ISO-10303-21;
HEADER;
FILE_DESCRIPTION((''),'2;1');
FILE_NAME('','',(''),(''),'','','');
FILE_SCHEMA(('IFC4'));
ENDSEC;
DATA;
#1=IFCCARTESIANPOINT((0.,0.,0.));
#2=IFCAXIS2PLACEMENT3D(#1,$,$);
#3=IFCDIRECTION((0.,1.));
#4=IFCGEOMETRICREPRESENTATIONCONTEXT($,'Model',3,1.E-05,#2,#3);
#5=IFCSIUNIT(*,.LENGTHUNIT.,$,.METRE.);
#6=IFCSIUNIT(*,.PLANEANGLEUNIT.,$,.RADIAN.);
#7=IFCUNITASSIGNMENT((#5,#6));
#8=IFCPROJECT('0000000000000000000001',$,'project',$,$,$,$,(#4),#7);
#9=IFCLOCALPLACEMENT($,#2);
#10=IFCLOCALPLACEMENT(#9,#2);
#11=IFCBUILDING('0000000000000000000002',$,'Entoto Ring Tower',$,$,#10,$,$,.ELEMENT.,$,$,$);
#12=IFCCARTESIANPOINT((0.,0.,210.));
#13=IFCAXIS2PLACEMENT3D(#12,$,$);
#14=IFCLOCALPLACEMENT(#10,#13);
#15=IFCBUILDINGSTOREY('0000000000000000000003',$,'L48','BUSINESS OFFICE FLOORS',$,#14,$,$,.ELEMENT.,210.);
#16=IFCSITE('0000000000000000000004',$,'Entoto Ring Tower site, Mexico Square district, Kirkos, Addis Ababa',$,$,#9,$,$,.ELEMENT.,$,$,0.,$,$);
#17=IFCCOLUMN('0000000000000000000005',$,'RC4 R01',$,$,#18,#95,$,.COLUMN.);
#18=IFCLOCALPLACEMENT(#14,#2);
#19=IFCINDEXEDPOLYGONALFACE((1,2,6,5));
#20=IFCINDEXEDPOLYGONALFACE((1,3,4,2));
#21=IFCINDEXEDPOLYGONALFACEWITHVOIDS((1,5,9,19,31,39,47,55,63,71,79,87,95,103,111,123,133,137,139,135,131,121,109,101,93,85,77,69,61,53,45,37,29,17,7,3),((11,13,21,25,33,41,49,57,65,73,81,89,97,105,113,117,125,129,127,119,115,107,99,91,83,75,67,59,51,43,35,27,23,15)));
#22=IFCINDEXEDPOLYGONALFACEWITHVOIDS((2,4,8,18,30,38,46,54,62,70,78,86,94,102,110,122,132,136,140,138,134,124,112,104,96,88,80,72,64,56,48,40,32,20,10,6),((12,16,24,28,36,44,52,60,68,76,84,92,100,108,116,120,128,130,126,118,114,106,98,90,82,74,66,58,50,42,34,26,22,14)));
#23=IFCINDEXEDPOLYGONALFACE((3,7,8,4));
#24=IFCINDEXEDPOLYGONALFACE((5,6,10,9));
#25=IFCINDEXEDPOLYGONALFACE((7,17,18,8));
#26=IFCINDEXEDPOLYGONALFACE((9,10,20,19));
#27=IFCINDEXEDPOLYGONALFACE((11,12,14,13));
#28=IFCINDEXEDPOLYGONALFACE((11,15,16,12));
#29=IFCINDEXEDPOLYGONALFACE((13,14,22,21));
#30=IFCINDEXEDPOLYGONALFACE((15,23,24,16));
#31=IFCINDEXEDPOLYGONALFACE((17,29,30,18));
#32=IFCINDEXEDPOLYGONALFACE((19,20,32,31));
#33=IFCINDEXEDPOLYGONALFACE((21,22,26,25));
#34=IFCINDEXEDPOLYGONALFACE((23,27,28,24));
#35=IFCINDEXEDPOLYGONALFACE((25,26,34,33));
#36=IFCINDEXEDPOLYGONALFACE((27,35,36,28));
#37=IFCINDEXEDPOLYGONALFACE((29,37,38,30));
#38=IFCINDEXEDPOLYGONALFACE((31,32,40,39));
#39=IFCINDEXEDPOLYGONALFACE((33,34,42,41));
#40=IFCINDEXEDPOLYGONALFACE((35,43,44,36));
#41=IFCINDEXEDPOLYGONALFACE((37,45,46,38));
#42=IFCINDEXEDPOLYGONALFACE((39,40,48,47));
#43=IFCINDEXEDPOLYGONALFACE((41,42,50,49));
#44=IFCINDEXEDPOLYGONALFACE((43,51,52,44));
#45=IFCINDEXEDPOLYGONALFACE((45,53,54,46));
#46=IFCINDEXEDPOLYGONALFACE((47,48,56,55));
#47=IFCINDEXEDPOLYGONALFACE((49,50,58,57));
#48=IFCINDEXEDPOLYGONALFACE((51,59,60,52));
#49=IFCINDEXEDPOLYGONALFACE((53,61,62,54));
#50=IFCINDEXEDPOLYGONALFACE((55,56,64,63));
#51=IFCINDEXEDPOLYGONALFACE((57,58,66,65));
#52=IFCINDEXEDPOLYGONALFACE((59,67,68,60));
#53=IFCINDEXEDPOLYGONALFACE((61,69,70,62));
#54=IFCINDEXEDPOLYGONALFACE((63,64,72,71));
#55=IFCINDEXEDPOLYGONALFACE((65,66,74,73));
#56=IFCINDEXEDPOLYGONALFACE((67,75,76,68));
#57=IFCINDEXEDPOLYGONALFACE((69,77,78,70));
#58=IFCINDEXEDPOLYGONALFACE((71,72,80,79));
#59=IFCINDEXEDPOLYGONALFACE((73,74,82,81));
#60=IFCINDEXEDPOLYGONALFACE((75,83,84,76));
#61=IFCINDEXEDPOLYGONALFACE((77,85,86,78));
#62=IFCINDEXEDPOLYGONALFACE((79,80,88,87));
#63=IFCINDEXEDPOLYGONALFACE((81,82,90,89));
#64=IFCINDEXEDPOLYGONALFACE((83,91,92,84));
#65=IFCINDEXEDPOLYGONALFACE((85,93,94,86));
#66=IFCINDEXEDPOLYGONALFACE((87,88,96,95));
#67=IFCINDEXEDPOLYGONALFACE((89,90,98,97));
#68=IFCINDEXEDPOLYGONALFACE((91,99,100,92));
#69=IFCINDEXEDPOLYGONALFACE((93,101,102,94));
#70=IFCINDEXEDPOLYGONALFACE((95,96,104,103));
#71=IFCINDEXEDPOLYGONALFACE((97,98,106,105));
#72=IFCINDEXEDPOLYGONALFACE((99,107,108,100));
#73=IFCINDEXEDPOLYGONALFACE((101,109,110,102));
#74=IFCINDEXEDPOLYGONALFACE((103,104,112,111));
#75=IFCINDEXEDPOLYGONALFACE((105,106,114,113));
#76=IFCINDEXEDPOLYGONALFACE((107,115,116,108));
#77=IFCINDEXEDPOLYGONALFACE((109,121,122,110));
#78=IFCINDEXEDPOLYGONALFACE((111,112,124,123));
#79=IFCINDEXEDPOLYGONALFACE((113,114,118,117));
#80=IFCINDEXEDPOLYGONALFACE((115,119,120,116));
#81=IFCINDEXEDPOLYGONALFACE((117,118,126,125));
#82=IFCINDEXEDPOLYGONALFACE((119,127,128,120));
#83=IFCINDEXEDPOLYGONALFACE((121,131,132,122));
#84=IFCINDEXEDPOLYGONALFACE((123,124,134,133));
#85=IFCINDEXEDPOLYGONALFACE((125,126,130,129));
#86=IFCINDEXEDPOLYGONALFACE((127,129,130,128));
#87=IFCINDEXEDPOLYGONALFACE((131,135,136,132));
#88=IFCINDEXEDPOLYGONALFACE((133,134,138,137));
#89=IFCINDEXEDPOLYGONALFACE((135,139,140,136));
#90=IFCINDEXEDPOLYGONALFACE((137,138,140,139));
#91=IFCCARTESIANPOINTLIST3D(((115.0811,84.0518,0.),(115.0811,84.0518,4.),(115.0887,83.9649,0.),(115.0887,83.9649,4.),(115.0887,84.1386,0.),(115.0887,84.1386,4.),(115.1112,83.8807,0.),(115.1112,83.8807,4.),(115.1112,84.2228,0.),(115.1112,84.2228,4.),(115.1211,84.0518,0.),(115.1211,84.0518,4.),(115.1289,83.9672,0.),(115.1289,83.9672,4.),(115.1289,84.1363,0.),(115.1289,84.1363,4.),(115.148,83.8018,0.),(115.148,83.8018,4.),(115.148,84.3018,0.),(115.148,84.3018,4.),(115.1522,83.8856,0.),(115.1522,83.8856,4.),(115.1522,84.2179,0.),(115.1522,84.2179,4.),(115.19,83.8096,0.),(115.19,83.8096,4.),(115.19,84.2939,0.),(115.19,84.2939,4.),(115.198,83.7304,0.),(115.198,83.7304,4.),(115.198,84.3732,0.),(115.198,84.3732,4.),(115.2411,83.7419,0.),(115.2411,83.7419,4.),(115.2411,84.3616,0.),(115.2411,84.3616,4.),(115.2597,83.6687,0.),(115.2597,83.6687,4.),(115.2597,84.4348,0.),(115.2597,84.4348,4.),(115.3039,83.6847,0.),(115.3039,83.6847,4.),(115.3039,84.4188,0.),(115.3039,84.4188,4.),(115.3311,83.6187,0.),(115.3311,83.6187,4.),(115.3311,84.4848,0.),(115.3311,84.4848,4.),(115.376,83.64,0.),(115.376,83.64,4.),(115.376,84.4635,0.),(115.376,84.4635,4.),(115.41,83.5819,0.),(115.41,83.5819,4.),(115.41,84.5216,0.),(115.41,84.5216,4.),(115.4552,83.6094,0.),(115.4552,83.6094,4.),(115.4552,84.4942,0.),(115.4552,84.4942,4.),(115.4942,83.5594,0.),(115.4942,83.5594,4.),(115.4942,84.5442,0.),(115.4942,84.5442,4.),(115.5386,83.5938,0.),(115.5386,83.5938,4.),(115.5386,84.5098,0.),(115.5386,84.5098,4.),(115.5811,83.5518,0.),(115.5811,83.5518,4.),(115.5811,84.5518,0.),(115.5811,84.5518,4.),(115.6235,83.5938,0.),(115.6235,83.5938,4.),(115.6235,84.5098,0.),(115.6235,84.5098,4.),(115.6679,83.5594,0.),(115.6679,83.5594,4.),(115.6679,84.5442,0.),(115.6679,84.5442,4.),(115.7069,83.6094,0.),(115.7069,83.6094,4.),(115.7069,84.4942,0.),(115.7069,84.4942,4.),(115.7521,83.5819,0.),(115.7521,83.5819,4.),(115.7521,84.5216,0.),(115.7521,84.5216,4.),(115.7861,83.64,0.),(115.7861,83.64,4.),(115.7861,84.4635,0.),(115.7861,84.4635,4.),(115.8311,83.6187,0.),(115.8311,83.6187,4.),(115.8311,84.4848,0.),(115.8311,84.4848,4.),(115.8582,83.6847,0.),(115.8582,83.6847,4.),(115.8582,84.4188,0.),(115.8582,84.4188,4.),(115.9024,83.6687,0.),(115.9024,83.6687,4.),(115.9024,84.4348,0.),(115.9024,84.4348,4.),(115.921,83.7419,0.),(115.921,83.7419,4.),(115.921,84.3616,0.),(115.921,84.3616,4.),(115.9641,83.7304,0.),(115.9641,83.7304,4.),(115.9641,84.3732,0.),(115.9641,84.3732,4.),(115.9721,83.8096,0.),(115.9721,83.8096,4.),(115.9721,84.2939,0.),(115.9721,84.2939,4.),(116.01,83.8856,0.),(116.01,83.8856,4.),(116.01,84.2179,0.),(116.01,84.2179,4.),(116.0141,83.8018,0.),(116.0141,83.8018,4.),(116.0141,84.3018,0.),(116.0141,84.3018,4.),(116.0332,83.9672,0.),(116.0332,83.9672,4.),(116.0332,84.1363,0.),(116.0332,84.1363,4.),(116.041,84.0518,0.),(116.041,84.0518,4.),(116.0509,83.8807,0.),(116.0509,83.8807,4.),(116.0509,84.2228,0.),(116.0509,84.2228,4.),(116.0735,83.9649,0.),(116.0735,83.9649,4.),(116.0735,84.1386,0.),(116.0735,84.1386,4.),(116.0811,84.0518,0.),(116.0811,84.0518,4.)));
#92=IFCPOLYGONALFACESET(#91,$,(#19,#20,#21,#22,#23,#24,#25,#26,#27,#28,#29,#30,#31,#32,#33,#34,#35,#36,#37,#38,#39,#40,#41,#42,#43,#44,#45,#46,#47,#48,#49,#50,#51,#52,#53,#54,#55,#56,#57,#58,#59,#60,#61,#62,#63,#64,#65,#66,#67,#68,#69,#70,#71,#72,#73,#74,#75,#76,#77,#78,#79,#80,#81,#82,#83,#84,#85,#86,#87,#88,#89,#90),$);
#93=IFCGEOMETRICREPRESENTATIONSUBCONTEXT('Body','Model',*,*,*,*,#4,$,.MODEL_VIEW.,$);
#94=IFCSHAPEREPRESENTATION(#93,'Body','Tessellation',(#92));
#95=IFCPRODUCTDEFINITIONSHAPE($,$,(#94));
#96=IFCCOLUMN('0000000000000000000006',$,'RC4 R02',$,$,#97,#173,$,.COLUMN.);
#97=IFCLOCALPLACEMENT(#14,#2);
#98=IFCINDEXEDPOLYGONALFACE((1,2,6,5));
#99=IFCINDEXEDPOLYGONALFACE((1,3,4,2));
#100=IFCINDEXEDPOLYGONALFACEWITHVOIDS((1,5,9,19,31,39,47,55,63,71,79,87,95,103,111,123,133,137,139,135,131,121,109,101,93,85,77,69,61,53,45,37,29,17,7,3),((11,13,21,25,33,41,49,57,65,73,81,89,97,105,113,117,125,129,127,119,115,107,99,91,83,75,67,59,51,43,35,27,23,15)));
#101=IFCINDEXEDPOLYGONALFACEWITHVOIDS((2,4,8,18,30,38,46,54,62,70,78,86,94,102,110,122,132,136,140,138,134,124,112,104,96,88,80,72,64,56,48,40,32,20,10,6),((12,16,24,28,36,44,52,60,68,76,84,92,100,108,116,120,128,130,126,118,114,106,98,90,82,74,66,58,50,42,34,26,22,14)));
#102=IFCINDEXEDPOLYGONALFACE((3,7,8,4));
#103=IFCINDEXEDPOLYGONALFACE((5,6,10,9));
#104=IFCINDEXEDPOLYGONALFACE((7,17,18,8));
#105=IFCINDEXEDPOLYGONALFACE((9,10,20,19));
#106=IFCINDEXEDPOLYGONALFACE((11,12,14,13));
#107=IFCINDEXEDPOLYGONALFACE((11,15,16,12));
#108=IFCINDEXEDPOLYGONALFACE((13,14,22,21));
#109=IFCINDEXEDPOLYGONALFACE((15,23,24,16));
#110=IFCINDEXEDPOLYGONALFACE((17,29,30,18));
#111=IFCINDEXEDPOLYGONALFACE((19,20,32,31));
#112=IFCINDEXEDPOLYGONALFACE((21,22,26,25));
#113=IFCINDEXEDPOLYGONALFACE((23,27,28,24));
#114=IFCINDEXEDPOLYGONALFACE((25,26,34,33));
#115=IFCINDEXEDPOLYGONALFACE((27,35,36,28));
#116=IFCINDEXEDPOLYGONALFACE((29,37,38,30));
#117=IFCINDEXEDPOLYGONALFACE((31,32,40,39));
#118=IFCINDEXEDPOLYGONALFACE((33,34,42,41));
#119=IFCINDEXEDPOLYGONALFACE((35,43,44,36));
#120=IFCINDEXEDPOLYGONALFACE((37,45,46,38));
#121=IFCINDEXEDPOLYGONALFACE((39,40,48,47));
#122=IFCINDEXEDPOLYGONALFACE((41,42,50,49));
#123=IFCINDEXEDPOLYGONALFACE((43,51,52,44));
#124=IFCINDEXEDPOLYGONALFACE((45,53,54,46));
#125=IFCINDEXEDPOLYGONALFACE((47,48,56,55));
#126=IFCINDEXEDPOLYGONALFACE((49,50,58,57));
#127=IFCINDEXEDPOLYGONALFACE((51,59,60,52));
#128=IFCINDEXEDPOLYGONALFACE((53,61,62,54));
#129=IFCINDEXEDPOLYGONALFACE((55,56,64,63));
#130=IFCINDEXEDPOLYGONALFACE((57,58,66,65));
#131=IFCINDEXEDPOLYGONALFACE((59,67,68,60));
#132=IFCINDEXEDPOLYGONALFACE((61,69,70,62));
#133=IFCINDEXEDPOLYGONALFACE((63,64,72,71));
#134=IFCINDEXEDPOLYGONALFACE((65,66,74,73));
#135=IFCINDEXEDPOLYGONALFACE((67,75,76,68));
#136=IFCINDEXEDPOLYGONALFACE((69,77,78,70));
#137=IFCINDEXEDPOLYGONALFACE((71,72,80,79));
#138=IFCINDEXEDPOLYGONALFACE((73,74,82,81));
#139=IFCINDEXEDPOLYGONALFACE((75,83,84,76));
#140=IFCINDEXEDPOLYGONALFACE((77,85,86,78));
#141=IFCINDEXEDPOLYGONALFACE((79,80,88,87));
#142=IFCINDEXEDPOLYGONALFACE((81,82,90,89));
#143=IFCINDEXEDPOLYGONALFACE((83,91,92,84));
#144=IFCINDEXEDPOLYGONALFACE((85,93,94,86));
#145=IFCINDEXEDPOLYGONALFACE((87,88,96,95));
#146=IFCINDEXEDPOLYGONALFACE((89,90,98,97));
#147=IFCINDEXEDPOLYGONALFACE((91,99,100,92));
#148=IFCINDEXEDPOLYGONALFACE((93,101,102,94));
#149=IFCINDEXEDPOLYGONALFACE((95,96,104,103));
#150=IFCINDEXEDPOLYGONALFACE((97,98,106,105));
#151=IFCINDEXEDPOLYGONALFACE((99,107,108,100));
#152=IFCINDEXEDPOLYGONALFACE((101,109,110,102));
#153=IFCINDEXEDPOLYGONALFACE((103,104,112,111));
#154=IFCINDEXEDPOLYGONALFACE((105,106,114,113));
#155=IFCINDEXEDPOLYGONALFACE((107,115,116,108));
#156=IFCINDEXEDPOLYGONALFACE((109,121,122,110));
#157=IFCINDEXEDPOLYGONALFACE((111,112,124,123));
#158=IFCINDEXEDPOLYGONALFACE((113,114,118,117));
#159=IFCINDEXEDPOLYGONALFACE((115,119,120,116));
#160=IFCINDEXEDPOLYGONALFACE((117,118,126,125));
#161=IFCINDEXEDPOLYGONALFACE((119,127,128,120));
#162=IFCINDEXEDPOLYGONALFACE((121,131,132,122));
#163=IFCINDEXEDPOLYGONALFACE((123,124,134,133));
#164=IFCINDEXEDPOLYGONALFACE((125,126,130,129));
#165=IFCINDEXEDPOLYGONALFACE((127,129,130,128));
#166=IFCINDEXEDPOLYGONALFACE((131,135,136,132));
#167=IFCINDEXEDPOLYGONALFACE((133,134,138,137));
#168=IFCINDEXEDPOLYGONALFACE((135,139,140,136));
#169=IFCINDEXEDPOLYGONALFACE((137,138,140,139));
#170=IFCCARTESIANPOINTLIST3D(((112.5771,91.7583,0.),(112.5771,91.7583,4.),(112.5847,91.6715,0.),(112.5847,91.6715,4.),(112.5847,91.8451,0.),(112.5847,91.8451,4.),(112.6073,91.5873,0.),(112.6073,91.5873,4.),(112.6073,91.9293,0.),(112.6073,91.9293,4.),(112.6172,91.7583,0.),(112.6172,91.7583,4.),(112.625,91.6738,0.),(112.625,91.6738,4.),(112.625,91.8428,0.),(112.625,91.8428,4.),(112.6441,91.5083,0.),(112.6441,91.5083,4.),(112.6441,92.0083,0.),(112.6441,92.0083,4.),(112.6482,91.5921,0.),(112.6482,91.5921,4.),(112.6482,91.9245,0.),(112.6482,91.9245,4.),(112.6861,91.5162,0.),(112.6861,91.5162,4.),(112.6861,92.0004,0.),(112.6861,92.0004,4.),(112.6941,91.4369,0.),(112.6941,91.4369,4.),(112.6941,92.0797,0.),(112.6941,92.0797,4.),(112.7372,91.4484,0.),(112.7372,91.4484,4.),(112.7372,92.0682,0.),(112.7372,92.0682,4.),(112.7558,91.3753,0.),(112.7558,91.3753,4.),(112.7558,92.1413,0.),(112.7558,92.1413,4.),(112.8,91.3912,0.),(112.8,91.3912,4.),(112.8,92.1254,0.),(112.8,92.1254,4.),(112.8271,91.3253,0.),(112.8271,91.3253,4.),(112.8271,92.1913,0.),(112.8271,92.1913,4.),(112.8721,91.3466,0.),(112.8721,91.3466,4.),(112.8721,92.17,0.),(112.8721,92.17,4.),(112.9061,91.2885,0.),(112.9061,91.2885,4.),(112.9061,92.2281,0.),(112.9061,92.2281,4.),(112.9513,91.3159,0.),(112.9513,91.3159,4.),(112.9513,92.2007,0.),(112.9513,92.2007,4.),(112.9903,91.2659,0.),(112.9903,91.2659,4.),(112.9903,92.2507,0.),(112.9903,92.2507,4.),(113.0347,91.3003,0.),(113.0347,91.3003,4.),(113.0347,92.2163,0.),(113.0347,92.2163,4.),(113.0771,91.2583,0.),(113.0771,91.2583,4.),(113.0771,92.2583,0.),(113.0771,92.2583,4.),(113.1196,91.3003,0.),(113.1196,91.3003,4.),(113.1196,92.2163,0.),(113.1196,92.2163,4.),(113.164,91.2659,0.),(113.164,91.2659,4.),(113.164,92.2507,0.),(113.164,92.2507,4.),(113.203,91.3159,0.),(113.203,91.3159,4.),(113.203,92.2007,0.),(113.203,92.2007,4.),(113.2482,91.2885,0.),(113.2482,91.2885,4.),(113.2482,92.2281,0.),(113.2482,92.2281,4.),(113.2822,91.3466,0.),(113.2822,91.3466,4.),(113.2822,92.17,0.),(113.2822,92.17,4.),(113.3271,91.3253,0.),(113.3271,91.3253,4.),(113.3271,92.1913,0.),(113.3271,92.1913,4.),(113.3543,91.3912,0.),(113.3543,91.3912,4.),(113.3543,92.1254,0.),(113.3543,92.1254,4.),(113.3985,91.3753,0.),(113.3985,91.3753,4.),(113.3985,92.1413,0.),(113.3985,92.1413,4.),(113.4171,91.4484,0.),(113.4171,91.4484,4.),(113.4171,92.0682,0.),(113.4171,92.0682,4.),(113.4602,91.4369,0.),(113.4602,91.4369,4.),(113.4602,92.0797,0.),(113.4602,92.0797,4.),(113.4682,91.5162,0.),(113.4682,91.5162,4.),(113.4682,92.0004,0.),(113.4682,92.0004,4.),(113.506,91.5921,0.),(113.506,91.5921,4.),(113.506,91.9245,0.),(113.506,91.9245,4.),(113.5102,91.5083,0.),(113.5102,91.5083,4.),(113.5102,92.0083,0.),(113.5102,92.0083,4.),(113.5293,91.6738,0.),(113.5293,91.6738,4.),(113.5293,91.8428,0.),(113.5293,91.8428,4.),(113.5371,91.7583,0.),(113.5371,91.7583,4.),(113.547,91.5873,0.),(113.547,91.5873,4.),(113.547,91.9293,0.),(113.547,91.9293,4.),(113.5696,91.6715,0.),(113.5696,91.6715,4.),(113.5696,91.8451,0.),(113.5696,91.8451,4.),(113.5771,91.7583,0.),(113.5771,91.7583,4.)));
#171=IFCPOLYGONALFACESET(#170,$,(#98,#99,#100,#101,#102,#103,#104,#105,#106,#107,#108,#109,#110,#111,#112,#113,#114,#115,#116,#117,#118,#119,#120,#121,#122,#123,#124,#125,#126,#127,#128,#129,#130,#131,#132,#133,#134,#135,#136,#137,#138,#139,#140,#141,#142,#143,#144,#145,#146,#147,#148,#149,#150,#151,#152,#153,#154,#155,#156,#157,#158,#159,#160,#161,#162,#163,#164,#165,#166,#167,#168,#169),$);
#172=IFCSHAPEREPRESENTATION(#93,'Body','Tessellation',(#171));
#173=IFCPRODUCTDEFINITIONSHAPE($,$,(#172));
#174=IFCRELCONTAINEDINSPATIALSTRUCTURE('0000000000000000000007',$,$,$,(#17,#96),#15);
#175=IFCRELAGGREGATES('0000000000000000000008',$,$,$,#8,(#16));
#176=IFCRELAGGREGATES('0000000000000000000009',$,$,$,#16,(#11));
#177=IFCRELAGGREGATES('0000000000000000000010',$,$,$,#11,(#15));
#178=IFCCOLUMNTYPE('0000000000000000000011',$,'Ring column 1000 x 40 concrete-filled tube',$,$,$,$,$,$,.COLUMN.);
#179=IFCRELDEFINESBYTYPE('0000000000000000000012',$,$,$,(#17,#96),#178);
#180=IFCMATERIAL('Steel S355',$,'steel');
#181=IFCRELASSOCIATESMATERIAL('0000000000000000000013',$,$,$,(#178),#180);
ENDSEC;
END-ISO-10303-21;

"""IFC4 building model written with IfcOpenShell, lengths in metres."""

from ifc_helpers import new_model, si_unit, direction, frame, origin, origin_2d, place, context, subcontext, project, spatial, circle, hollow_circle, extrude, material, material_profile, profile_set, type_object, element, save


model = new_model("IFC4")

# Units and contexts
model_context = context("Model", 3, precision=1e-05, world=origin(), true_north=direction((0.0, 1.0)))
body_context = subcontext(model_context, "Body", "Model", "MODEL_VIEW")
ifc_project = project(units=[si_unit("LENGTHUNIT", "METRE"), si_unit("PLANEANGLEUNIT", "RADIAN")], contexts=[model_context])

# Site, building, storey
site_placement = place(None, origin())
site = spatial("IfcSite", under=ifc_project, at=site_placement, Name="Entoto Ring Tower site, Mexico Square district, Kirkos, Addis Ababa", CompositionType="ELEMENT", RefElevation=0.0)
building_placement = place(site_placement, origin())
building = spatial("IfcBuilding", under=site, at=building_placement, Name="Entoto Ring Tower", CompositionType="ELEMENT")
storey_placement = place(building_placement, frame((0.0, 0.0, 210.0)))
storey = spatial("IfcBuildingStorey", under=building, at=storey_placement, Name="L48", Description="BUSINESS OFFICE FLOORS", CompositionType="ELEMENT", Elevation=210.0)

# Columns
ifc_material_1 = material(Name="Steel S355", Category="steel")
ifc_material_profile_1 = material_profile(ifc_material_1, hollow_circle(Radius=0.5, WallThickness=0.04, at=origin_2d()), Name="CHS 1000 x 40")
ifc_material_2 = material(Name="Concrete C60/75", Category="concrete")
ifc_material_profile_2 = material_profile(ifc_material_2, circle(Radius=0.46, at=origin_2d()), Name="Concrete C60/75 infill")
ifc_profile_set_1 = profile_set([ifc_material_profile_1, ifc_material_profile_2], Name="Steel S355")
column_type = type_object("IfcColumnType", Name="Ring column 1000 x 40 concrete-filled tube", PredefinedType="COLUMN", material=ifc_profile_set_1)
for number, where, z_axis, x_axis, name in (
    (1, (115.5811, 84.0518, 0.0), (0.0, 0.0, 1.0), (1.0, 0.0, 0.0), "RC4 R01"),
    (2, (113.0771, 91.7583, 0.0), (0.0, 0.0, 1.0), (1.0, 0.0, 0.0), "RC4 R02"),
):
    element("IfcColumn", number, at=place(storey_placement, frame(where, z_axis=z_axis, x_axis=x_axis)), inside=storey, type_object=column_type, Name=name, PredefinedType="COLUMN", context=body_context, shape_type="SweptSolid", body=[
        extrude(hollow_circle(Radius=0.5, WallThickness=0.04, at=origin_2d()), origin(), (0.0, 0.0, 1.0), 4.0),
    ])

save(model, "model.ifc")
